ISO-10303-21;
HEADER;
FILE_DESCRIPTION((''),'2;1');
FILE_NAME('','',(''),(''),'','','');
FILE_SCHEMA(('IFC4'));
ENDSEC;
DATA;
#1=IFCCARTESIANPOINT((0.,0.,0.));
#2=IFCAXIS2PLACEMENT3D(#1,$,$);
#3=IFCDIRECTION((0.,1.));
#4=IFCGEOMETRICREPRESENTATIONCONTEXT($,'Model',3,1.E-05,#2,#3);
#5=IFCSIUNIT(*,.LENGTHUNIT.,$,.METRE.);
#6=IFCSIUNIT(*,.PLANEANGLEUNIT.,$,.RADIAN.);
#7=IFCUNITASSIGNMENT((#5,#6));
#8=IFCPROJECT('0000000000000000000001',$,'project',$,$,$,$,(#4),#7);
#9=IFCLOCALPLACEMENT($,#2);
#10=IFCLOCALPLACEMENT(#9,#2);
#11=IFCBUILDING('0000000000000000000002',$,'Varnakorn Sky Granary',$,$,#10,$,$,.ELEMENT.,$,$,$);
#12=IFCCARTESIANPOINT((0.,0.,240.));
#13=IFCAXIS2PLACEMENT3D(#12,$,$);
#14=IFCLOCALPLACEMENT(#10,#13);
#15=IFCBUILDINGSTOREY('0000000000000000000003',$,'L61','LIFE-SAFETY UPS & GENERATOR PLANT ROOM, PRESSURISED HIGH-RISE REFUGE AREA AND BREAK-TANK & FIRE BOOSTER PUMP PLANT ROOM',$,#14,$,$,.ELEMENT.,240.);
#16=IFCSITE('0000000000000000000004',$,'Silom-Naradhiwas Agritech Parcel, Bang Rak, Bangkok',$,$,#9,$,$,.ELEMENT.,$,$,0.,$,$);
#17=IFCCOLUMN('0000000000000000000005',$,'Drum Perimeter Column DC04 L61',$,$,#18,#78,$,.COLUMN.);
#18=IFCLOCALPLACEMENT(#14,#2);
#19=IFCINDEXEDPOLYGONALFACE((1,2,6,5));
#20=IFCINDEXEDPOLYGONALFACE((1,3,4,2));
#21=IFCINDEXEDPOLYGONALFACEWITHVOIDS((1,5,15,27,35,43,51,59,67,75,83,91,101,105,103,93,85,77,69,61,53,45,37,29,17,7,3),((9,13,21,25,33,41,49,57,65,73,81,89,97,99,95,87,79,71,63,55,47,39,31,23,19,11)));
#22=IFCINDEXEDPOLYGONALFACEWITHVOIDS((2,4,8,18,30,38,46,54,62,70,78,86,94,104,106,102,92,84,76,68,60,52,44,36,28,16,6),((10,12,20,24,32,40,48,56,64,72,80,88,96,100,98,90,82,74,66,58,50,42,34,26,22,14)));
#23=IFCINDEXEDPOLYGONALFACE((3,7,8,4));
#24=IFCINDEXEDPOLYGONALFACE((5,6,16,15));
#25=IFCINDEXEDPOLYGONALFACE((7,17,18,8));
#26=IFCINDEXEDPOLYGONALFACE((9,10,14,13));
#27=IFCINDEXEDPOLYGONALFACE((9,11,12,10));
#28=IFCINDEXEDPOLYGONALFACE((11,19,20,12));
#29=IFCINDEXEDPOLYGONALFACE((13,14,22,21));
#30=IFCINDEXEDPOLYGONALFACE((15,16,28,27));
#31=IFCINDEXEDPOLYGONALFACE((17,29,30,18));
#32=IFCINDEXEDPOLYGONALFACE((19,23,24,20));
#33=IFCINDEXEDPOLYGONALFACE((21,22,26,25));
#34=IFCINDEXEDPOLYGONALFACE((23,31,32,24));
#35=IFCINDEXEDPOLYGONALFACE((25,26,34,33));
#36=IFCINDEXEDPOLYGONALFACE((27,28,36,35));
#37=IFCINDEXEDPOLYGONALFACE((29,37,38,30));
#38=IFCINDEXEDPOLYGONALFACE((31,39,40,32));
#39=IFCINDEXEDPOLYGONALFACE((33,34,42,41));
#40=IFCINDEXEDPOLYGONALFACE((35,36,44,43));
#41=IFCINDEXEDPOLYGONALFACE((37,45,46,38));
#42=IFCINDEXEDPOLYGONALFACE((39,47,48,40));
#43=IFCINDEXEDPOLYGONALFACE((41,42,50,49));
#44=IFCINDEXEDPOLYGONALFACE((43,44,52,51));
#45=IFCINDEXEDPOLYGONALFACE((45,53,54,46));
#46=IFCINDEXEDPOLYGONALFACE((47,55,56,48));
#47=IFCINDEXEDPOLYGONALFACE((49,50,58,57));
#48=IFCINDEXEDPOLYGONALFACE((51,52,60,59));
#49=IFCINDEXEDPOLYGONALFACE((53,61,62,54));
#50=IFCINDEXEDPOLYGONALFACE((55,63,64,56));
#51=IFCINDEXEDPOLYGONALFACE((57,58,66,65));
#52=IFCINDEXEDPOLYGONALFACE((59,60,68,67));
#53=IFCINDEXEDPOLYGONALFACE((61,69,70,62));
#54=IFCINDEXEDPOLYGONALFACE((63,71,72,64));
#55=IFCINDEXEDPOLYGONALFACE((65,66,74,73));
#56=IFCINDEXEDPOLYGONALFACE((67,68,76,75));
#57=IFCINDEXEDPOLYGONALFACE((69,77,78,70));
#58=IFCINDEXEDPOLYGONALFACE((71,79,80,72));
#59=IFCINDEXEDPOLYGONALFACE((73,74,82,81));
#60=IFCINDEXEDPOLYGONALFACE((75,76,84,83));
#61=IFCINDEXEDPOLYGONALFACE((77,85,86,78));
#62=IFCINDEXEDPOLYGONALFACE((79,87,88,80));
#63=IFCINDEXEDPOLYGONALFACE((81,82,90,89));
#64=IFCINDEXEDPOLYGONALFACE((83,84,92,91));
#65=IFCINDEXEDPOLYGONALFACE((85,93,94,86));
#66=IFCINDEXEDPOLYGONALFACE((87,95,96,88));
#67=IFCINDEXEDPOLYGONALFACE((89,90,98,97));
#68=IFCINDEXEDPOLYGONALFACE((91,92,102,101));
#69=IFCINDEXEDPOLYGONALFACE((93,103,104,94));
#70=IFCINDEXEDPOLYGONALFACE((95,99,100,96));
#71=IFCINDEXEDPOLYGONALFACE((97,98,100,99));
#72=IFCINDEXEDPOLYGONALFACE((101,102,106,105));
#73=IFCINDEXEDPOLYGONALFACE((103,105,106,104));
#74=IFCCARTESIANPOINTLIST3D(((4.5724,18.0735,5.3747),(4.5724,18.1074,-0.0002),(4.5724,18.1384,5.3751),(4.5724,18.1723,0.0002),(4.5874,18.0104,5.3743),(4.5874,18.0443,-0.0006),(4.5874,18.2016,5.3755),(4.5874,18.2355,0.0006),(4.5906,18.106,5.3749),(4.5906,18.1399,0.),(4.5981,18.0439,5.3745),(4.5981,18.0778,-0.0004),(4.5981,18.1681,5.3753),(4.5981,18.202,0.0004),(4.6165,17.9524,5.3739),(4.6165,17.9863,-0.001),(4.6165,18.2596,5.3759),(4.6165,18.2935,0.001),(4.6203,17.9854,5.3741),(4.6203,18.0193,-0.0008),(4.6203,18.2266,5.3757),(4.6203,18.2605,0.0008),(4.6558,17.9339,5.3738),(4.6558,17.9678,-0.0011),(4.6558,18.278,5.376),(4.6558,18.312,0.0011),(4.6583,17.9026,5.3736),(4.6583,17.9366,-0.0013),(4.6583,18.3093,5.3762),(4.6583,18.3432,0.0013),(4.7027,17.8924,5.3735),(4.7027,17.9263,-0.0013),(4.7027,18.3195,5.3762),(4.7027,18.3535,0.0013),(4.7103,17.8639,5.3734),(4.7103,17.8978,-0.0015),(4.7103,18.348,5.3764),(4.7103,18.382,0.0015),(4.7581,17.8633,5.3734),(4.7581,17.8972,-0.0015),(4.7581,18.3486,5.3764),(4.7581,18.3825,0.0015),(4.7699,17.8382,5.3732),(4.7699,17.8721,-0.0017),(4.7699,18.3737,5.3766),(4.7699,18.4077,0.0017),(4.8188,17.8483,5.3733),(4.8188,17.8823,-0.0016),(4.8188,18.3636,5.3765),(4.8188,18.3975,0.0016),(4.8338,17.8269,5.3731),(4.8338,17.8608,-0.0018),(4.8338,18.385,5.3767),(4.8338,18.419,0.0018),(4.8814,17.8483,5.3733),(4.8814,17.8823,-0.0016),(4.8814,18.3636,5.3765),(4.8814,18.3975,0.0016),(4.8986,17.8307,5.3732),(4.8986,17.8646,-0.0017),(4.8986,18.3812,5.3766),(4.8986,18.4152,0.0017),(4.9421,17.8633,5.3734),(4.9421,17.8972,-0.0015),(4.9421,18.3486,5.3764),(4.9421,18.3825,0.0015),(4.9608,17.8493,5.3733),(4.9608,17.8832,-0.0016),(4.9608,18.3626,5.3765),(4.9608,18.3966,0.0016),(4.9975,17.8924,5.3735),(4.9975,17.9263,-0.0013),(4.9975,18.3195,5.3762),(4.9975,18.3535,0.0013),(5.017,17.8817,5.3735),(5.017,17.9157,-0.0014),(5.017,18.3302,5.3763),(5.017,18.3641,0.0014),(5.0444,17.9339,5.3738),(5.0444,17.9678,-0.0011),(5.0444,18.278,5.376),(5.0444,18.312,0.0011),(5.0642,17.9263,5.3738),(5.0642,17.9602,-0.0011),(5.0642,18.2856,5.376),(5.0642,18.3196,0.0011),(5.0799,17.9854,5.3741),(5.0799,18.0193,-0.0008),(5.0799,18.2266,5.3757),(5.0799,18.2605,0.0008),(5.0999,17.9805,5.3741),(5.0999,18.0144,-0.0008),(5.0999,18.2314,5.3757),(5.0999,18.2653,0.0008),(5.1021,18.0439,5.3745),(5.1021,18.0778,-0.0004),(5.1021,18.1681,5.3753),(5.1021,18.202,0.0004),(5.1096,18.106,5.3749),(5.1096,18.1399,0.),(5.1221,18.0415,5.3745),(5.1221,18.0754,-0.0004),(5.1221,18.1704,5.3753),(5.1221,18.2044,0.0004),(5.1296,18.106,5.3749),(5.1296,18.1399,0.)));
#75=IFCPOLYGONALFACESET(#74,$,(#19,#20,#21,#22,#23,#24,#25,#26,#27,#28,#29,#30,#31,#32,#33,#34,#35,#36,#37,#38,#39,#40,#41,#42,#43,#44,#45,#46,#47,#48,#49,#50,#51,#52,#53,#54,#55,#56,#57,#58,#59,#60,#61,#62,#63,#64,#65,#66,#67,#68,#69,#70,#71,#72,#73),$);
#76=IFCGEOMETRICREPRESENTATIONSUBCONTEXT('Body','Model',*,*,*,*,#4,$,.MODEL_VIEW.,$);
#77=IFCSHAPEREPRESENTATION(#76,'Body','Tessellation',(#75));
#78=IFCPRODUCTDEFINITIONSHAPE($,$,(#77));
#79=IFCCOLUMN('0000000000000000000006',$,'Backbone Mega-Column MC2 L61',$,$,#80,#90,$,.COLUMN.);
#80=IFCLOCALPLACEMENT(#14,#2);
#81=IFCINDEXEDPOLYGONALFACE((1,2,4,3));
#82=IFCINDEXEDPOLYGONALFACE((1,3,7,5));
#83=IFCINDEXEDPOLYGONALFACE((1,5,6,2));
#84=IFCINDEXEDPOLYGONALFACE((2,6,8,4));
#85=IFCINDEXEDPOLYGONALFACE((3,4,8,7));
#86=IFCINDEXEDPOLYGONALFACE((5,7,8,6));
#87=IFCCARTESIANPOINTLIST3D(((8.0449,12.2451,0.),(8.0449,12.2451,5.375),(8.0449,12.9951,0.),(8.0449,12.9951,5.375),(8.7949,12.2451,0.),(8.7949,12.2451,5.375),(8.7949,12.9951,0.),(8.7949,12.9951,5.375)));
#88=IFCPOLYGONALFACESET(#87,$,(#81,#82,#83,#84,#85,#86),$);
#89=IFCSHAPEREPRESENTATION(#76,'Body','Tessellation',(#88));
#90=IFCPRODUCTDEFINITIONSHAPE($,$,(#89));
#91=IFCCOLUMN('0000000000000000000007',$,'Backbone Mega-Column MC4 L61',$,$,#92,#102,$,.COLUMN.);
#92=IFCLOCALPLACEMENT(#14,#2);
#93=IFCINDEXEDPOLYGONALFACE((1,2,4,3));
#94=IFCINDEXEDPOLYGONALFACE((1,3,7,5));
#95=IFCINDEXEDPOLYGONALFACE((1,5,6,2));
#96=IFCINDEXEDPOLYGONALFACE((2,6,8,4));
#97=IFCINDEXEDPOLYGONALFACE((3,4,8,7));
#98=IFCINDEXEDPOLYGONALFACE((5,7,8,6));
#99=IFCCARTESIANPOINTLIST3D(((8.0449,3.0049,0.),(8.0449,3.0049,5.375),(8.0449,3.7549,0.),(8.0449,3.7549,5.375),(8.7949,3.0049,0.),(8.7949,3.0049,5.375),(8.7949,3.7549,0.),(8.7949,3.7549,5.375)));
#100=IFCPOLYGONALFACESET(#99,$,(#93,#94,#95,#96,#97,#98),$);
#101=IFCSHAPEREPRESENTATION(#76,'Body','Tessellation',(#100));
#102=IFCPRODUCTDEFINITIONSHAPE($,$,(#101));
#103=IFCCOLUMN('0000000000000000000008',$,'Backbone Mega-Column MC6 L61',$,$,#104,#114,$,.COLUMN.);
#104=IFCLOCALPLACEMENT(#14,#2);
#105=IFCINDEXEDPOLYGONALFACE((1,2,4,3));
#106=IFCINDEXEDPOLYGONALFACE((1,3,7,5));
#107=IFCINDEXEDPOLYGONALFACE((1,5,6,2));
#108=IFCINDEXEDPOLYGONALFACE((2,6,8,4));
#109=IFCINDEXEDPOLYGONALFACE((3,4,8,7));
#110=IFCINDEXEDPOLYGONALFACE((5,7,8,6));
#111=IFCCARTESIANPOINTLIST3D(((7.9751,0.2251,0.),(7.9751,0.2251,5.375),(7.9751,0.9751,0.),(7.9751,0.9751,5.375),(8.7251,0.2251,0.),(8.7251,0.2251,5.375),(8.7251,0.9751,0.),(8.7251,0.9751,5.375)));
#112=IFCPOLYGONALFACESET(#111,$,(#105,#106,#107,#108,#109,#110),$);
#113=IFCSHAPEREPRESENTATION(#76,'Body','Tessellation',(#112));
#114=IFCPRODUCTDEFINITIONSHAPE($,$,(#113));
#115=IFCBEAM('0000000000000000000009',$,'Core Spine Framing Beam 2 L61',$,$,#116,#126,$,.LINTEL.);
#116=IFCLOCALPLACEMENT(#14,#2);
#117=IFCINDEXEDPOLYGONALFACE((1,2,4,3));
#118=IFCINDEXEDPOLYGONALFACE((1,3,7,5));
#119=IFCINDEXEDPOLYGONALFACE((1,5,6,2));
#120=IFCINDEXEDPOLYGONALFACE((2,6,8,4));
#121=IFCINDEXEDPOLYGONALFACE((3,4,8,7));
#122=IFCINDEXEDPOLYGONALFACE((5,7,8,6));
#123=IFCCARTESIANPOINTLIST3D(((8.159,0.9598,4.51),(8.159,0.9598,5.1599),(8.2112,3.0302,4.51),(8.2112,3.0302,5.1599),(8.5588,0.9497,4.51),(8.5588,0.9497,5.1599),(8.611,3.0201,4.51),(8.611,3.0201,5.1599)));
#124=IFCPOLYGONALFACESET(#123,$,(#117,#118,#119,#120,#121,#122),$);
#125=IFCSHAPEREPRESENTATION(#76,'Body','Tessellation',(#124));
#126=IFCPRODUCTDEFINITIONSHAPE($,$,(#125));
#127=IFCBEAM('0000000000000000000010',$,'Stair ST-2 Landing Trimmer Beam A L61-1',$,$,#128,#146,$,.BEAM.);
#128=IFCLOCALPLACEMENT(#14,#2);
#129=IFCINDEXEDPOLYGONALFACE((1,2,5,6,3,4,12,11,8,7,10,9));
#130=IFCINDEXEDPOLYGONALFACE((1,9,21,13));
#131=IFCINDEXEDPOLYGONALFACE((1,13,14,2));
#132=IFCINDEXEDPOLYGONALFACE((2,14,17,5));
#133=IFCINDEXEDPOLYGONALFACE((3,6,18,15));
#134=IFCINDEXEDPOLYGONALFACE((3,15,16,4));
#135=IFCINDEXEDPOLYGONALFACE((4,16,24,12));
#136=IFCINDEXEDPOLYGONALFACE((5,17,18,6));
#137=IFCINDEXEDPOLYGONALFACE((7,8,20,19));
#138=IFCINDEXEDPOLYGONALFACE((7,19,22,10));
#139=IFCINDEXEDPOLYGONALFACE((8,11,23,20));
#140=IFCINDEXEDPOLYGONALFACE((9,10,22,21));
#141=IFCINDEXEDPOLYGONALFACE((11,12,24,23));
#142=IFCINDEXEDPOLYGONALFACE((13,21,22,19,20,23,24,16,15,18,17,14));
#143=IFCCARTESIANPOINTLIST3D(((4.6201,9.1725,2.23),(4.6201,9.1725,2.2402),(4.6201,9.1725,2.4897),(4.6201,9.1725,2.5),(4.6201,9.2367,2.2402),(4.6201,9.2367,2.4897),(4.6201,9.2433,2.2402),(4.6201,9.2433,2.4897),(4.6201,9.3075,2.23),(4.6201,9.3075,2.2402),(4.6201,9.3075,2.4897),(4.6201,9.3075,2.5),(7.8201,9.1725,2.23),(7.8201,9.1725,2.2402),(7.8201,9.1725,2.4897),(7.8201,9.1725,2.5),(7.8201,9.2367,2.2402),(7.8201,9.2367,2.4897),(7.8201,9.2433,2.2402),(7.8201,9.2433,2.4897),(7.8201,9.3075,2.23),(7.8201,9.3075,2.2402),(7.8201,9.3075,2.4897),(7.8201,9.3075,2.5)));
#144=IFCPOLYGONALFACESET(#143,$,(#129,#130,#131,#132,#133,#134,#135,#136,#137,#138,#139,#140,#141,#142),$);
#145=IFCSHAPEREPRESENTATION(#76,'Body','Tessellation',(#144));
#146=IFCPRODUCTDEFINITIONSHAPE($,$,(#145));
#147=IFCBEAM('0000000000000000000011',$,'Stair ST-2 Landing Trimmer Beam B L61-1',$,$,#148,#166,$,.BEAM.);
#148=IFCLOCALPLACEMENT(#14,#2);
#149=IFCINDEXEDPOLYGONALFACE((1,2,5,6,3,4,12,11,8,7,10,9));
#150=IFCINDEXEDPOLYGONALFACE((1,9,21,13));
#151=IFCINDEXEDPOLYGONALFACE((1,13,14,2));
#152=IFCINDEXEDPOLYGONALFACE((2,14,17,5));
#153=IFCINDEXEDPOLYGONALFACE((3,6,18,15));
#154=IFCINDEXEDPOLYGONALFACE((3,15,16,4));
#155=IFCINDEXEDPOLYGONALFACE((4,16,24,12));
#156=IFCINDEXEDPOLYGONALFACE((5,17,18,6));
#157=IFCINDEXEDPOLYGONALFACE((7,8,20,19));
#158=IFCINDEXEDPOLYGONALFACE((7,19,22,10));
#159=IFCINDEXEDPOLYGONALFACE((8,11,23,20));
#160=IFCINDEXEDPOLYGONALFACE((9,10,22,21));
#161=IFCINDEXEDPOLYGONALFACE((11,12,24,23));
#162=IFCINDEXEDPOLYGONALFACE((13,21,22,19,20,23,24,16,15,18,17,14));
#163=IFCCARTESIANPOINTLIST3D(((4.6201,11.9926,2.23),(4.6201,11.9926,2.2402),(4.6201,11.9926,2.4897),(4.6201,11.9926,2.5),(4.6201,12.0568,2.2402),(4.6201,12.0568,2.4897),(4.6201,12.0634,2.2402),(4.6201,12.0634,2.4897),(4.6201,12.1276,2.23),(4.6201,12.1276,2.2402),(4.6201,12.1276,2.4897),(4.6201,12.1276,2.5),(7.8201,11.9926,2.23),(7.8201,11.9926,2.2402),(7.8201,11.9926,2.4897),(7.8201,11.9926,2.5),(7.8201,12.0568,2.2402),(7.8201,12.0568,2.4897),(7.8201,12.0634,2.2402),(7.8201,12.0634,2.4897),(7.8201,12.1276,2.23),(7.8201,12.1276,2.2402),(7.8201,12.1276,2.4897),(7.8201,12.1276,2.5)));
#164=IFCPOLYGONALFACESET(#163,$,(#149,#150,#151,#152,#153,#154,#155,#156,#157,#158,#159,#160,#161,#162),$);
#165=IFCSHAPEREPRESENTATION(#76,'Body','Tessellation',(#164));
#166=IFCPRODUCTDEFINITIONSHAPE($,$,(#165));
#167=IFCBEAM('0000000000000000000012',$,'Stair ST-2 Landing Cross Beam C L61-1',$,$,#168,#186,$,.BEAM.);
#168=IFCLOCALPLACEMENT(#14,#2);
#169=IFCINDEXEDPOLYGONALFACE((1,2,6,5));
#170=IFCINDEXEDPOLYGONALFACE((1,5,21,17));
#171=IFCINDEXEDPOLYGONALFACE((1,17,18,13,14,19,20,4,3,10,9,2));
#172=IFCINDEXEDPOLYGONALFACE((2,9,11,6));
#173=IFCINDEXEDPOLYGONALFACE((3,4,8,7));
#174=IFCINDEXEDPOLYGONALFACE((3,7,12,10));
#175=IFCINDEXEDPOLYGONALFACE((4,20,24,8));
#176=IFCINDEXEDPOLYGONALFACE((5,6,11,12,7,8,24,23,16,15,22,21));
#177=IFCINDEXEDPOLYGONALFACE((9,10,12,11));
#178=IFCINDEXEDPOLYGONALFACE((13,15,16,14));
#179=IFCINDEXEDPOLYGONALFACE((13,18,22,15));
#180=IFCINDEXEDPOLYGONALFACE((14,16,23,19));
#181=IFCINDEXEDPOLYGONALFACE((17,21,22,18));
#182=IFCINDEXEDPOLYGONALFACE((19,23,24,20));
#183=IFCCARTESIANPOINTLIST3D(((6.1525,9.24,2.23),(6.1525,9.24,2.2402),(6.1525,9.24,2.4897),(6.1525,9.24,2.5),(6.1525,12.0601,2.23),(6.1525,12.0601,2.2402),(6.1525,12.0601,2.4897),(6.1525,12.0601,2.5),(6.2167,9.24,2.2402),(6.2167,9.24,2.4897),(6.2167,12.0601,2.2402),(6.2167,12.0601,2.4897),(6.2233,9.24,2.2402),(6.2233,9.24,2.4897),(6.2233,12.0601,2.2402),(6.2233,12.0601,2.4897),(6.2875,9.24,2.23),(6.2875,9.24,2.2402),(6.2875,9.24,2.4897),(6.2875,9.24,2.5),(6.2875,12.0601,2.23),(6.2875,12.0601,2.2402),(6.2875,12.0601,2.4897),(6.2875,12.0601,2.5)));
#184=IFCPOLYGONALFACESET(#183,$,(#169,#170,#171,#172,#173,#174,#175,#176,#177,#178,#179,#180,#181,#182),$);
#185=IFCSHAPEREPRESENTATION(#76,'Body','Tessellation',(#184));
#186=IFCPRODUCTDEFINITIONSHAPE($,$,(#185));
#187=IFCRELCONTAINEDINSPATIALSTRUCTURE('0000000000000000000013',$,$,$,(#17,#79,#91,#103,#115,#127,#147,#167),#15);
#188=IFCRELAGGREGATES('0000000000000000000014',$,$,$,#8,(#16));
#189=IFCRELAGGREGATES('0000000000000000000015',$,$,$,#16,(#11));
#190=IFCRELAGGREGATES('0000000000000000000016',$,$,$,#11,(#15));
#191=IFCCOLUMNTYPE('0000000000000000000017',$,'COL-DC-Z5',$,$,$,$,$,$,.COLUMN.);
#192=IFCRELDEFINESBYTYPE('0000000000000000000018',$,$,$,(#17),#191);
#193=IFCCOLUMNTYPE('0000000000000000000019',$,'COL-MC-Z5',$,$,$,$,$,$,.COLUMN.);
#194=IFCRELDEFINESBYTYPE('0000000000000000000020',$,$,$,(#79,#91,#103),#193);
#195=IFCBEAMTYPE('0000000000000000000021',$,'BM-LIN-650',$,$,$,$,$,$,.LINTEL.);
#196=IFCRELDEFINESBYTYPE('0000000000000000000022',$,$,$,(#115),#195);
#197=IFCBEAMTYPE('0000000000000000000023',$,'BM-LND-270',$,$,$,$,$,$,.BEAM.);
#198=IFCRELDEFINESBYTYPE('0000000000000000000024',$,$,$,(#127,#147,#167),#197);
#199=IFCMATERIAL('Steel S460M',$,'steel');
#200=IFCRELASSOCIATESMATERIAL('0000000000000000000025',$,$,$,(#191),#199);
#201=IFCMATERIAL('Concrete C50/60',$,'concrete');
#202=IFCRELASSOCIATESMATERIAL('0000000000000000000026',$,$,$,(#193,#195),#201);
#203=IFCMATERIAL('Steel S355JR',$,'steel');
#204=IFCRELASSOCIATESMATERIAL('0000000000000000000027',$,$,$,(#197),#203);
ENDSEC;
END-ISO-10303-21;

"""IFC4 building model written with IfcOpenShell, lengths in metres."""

from ifc_helpers import new_model, si_unit, direction, frame, origin, origin_2d, place, context, subcontext, project, spatial, rectangle, hollow_circle, i_section, extrude, material, material_profile, profile_set, type_object, element, save


model = new_model("IFC4")

# Units and contexts
model_context = context("Model", 3, precision=1e-05, world=origin(), true_north=direction((0.0, 1.0)))
body_context = subcontext(model_context, "Body", "Model", "MODEL_VIEW")
ifc_project = project(units=[si_unit("LENGTHUNIT", "METRE"), si_unit("PLANEANGLEUNIT", "RADIAN")], contexts=[model_context])

# Site, building, storey
site_placement = place(None, origin())
site = spatial("IfcSite", under=ifc_project, at=site_placement, Name="Silom-Naradhiwas Agritech Parcel, Bang Rak, Bangkok", CompositionType="ELEMENT", RefElevation=0.0)
building_placement = place(site_placement, origin())
building = spatial("IfcBuilding", under=site, at=building_placement, Name="Varnakorn Sky Granary", CompositionType="ELEMENT")
storey_placement = place(building_placement, frame((0.0, 0.0, 240.0)))
storey = spatial("IfcBuildingStorey", under=building, at=storey_placement, Name="L61", Description="LIFE-SAFETY UPS & GENERATOR PLANT ROOM, PRESSURISED HIGH-RISE REFUGE AREA AND BREAK-TANK & FIRE BOOSTER PUMP PLANT ROOM", CompositionType="ELEMENT", Elevation=240.0)

# Columns
ifc_material_1 = material(Name="Steel S460M", Category="steel")
ifc_material_profile_1 = material_profile(ifc_material_1, hollow_circle(Radius=0.2795, WallThickness=0.02, at=origin_2d()), Name="CHS 559x20")
ifc_profile_set_1 = profile_set([ifc_material_profile_1], Name="Steel S460M")
column_type_1 = type_object("IfcColumnType", Name="COL-DC-Z5", PredefinedType="COLUMN", material=ifc_profile_set_1)
column_placement = place(storey_placement, frame((4.8501, 18.1399, 0.0), z_axis=(0.0, -0.006313, 0.99998), x_axis=(1.0, 0.0, 0.0)))
element("IfcColumn", 1, at=column_placement, inside=storey, type_object=column_type_1, Name="Drum Perimeter Column DC04 L61", PredefinedType="COLUMN", context=body_context, shape_type="SweptSolid", body=[
    extrude(hollow_circle(Radius=0.2795, WallThickness=0.02, at=origin_2d()), origin(), (0.0, 0.0, 1.0), 5.375),
])
ifc_material_2 = material(Name="Concrete C50/60", Category="concrete")
ifc_material_profile_2 = material_profile(ifc_material_2, rectangle(XDim=0.75, YDim=0.75, at=origin_2d()), Name="RC 750x750")
ifc_profile_set_2 = profile_set([ifc_material_profile_2], Name="Concrete C50/60")
column_type_2 = type_object("IfcColumnType", Name="COL-MC-Z5", PredefinedType="COLUMN", material=ifc_profile_set_2)
for number, where, z_axis, x_axis, name in (
    (2, (8.4199, 12.6201, 0.0), (0.0, 0.0, 1.0), (1.0, 0.0, 0.0), "Backbone Mega-Column MC2 L61"),
    (3, (8.4199, 3.3799, 0.0), (0.0, 0.0, 1.0), (1.0, 0.0, 0.0), "Backbone Mega-Column MC4 L61"),
    (4, (8.3501, 0.6001, 0.0), (0.0, 0.0, 1.0), (1.0, 0.0, 0.0), "Backbone Mega-Column MC6 L61"),
):
    element("IfcColumn", number, at=place(storey_placement, frame(where, z_axis=z_axis, x_axis=x_axis)), inside=storey, type_object=column_type_2, Name=name, PredefinedType="COLUMN", context=body_context, shape_type="SweptSolid", body=[
        extrude(rectangle(XDim=0.75, YDim=0.75, at=origin_2d()), origin(), (0.0, 0.0, 1.0), 5.375),
    ])

# Beams
ifc_material_profile_3 = material_profile(ifc_material_2, rectangle(XDim=0.3999, YDim=0.6499, at=origin_2d()), Name="RC 400x650")
ifc_profile_set_3 = profile_set([ifc_material_profile_3], Name="Concrete C50/60")
beam_type_1 = type_object("IfcBeamType", Name="BM-LIN-650", PredefinedType="LINTEL", material=ifc_profile_set_3)
beam_1_placement = place(storey_placement, frame((8.4111, 3.0251, 4.835), z_axis=(-0.025228, -0.999682, 0.0), x_axis=(0.999682, -0.025228, 0.0)))
element("IfcBeam", 5, at=beam_1_placement, inside=storey, type_object=beam_type_1, Name="Core Spine Framing Beam 2 L61", PredefinedType="LINTEL", context=body_context, shape_type="SweptSolid", body=[
    extrude(rectangle(XDim=0.3999, YDim=0.6499, at=origin_2d()), origin(), (0.0, 0.0, 1.0), 2.071),
])
ifc_material_3 = material(Name="Steel S355JR", Category="steel")
ifc_material_profile_4 = material_profile(ifc_material_3, i_section(OverallWidth=0.135, OverallDepth=0.27, WebThickness=0.0066, FlangeThickness=0.0103, at=origin_2d()), Name="IPE 270")
ifc_profile_set_4 = profile_set([ifc_material_profile_4], Name="Steel S355JR")
beam_type_2 = type_object("IfcBeamType", Name="BM-LND-270", PredefinedType="BEAM", material=ifc_profile_set_4)
for number, where, z_axis, x_axis, name in (
    (6, (4.6201, 9.24, 2.365), (1.0, 0.0, 0.0), (0.0, 1.0, 0.0), "Stair ST-2 Landing Trimmer Beam A L61-1"),
    (7, (4.6201, 12.0601, 2.365), (1.0, 0.0, 0.0), (0.0, 1.0, 0.0), "Stair ST-2 Landing Trimmer Beam B L61-1"),
):
    element("IfcBeam", number, at=place(storey_placement, frame(where, z_axis=z_axis, x_axis=x_axis)), inside=storey, type_object=beam_type_2, Name=name, PredefinedType="BEAM", context=body_context, shape_type="SweptSolid", body=[
        extrude(i_section(OverallWidth=0.135, OverallDepth=0.27, WebThickness=0.0066, FlangeThickness=0.0103, at=origin_2d()), origin(), (0.0, 0.0, 1.0), 3.2),
    ])
beam_2_placement = place(storey_placement, frame((6.22, 9.24, 2.365), z_axis=(0.0, 1.0, 0.0), x_axis=(-1.0, 0.0, 0.0)))
element("IfcBeam", 8, at=beam_2_placement, inside=storey, type_object=beam_type_2, Name="Stair ST-2 Landing Cross Beam C L61-1", PredefinedType="BEAM", context=body_context, shape_type="SweptSolid", body=[
    extrude(i_section(OverallWidth=0.135, OverallDepth=0.27, WebThickness=0.0066, FlangeThickness=0.0103, at=origin_2d()), origin(), (0.0, 0.0, 1.0), 2.8201),
])

save(model, "model.ifc")
